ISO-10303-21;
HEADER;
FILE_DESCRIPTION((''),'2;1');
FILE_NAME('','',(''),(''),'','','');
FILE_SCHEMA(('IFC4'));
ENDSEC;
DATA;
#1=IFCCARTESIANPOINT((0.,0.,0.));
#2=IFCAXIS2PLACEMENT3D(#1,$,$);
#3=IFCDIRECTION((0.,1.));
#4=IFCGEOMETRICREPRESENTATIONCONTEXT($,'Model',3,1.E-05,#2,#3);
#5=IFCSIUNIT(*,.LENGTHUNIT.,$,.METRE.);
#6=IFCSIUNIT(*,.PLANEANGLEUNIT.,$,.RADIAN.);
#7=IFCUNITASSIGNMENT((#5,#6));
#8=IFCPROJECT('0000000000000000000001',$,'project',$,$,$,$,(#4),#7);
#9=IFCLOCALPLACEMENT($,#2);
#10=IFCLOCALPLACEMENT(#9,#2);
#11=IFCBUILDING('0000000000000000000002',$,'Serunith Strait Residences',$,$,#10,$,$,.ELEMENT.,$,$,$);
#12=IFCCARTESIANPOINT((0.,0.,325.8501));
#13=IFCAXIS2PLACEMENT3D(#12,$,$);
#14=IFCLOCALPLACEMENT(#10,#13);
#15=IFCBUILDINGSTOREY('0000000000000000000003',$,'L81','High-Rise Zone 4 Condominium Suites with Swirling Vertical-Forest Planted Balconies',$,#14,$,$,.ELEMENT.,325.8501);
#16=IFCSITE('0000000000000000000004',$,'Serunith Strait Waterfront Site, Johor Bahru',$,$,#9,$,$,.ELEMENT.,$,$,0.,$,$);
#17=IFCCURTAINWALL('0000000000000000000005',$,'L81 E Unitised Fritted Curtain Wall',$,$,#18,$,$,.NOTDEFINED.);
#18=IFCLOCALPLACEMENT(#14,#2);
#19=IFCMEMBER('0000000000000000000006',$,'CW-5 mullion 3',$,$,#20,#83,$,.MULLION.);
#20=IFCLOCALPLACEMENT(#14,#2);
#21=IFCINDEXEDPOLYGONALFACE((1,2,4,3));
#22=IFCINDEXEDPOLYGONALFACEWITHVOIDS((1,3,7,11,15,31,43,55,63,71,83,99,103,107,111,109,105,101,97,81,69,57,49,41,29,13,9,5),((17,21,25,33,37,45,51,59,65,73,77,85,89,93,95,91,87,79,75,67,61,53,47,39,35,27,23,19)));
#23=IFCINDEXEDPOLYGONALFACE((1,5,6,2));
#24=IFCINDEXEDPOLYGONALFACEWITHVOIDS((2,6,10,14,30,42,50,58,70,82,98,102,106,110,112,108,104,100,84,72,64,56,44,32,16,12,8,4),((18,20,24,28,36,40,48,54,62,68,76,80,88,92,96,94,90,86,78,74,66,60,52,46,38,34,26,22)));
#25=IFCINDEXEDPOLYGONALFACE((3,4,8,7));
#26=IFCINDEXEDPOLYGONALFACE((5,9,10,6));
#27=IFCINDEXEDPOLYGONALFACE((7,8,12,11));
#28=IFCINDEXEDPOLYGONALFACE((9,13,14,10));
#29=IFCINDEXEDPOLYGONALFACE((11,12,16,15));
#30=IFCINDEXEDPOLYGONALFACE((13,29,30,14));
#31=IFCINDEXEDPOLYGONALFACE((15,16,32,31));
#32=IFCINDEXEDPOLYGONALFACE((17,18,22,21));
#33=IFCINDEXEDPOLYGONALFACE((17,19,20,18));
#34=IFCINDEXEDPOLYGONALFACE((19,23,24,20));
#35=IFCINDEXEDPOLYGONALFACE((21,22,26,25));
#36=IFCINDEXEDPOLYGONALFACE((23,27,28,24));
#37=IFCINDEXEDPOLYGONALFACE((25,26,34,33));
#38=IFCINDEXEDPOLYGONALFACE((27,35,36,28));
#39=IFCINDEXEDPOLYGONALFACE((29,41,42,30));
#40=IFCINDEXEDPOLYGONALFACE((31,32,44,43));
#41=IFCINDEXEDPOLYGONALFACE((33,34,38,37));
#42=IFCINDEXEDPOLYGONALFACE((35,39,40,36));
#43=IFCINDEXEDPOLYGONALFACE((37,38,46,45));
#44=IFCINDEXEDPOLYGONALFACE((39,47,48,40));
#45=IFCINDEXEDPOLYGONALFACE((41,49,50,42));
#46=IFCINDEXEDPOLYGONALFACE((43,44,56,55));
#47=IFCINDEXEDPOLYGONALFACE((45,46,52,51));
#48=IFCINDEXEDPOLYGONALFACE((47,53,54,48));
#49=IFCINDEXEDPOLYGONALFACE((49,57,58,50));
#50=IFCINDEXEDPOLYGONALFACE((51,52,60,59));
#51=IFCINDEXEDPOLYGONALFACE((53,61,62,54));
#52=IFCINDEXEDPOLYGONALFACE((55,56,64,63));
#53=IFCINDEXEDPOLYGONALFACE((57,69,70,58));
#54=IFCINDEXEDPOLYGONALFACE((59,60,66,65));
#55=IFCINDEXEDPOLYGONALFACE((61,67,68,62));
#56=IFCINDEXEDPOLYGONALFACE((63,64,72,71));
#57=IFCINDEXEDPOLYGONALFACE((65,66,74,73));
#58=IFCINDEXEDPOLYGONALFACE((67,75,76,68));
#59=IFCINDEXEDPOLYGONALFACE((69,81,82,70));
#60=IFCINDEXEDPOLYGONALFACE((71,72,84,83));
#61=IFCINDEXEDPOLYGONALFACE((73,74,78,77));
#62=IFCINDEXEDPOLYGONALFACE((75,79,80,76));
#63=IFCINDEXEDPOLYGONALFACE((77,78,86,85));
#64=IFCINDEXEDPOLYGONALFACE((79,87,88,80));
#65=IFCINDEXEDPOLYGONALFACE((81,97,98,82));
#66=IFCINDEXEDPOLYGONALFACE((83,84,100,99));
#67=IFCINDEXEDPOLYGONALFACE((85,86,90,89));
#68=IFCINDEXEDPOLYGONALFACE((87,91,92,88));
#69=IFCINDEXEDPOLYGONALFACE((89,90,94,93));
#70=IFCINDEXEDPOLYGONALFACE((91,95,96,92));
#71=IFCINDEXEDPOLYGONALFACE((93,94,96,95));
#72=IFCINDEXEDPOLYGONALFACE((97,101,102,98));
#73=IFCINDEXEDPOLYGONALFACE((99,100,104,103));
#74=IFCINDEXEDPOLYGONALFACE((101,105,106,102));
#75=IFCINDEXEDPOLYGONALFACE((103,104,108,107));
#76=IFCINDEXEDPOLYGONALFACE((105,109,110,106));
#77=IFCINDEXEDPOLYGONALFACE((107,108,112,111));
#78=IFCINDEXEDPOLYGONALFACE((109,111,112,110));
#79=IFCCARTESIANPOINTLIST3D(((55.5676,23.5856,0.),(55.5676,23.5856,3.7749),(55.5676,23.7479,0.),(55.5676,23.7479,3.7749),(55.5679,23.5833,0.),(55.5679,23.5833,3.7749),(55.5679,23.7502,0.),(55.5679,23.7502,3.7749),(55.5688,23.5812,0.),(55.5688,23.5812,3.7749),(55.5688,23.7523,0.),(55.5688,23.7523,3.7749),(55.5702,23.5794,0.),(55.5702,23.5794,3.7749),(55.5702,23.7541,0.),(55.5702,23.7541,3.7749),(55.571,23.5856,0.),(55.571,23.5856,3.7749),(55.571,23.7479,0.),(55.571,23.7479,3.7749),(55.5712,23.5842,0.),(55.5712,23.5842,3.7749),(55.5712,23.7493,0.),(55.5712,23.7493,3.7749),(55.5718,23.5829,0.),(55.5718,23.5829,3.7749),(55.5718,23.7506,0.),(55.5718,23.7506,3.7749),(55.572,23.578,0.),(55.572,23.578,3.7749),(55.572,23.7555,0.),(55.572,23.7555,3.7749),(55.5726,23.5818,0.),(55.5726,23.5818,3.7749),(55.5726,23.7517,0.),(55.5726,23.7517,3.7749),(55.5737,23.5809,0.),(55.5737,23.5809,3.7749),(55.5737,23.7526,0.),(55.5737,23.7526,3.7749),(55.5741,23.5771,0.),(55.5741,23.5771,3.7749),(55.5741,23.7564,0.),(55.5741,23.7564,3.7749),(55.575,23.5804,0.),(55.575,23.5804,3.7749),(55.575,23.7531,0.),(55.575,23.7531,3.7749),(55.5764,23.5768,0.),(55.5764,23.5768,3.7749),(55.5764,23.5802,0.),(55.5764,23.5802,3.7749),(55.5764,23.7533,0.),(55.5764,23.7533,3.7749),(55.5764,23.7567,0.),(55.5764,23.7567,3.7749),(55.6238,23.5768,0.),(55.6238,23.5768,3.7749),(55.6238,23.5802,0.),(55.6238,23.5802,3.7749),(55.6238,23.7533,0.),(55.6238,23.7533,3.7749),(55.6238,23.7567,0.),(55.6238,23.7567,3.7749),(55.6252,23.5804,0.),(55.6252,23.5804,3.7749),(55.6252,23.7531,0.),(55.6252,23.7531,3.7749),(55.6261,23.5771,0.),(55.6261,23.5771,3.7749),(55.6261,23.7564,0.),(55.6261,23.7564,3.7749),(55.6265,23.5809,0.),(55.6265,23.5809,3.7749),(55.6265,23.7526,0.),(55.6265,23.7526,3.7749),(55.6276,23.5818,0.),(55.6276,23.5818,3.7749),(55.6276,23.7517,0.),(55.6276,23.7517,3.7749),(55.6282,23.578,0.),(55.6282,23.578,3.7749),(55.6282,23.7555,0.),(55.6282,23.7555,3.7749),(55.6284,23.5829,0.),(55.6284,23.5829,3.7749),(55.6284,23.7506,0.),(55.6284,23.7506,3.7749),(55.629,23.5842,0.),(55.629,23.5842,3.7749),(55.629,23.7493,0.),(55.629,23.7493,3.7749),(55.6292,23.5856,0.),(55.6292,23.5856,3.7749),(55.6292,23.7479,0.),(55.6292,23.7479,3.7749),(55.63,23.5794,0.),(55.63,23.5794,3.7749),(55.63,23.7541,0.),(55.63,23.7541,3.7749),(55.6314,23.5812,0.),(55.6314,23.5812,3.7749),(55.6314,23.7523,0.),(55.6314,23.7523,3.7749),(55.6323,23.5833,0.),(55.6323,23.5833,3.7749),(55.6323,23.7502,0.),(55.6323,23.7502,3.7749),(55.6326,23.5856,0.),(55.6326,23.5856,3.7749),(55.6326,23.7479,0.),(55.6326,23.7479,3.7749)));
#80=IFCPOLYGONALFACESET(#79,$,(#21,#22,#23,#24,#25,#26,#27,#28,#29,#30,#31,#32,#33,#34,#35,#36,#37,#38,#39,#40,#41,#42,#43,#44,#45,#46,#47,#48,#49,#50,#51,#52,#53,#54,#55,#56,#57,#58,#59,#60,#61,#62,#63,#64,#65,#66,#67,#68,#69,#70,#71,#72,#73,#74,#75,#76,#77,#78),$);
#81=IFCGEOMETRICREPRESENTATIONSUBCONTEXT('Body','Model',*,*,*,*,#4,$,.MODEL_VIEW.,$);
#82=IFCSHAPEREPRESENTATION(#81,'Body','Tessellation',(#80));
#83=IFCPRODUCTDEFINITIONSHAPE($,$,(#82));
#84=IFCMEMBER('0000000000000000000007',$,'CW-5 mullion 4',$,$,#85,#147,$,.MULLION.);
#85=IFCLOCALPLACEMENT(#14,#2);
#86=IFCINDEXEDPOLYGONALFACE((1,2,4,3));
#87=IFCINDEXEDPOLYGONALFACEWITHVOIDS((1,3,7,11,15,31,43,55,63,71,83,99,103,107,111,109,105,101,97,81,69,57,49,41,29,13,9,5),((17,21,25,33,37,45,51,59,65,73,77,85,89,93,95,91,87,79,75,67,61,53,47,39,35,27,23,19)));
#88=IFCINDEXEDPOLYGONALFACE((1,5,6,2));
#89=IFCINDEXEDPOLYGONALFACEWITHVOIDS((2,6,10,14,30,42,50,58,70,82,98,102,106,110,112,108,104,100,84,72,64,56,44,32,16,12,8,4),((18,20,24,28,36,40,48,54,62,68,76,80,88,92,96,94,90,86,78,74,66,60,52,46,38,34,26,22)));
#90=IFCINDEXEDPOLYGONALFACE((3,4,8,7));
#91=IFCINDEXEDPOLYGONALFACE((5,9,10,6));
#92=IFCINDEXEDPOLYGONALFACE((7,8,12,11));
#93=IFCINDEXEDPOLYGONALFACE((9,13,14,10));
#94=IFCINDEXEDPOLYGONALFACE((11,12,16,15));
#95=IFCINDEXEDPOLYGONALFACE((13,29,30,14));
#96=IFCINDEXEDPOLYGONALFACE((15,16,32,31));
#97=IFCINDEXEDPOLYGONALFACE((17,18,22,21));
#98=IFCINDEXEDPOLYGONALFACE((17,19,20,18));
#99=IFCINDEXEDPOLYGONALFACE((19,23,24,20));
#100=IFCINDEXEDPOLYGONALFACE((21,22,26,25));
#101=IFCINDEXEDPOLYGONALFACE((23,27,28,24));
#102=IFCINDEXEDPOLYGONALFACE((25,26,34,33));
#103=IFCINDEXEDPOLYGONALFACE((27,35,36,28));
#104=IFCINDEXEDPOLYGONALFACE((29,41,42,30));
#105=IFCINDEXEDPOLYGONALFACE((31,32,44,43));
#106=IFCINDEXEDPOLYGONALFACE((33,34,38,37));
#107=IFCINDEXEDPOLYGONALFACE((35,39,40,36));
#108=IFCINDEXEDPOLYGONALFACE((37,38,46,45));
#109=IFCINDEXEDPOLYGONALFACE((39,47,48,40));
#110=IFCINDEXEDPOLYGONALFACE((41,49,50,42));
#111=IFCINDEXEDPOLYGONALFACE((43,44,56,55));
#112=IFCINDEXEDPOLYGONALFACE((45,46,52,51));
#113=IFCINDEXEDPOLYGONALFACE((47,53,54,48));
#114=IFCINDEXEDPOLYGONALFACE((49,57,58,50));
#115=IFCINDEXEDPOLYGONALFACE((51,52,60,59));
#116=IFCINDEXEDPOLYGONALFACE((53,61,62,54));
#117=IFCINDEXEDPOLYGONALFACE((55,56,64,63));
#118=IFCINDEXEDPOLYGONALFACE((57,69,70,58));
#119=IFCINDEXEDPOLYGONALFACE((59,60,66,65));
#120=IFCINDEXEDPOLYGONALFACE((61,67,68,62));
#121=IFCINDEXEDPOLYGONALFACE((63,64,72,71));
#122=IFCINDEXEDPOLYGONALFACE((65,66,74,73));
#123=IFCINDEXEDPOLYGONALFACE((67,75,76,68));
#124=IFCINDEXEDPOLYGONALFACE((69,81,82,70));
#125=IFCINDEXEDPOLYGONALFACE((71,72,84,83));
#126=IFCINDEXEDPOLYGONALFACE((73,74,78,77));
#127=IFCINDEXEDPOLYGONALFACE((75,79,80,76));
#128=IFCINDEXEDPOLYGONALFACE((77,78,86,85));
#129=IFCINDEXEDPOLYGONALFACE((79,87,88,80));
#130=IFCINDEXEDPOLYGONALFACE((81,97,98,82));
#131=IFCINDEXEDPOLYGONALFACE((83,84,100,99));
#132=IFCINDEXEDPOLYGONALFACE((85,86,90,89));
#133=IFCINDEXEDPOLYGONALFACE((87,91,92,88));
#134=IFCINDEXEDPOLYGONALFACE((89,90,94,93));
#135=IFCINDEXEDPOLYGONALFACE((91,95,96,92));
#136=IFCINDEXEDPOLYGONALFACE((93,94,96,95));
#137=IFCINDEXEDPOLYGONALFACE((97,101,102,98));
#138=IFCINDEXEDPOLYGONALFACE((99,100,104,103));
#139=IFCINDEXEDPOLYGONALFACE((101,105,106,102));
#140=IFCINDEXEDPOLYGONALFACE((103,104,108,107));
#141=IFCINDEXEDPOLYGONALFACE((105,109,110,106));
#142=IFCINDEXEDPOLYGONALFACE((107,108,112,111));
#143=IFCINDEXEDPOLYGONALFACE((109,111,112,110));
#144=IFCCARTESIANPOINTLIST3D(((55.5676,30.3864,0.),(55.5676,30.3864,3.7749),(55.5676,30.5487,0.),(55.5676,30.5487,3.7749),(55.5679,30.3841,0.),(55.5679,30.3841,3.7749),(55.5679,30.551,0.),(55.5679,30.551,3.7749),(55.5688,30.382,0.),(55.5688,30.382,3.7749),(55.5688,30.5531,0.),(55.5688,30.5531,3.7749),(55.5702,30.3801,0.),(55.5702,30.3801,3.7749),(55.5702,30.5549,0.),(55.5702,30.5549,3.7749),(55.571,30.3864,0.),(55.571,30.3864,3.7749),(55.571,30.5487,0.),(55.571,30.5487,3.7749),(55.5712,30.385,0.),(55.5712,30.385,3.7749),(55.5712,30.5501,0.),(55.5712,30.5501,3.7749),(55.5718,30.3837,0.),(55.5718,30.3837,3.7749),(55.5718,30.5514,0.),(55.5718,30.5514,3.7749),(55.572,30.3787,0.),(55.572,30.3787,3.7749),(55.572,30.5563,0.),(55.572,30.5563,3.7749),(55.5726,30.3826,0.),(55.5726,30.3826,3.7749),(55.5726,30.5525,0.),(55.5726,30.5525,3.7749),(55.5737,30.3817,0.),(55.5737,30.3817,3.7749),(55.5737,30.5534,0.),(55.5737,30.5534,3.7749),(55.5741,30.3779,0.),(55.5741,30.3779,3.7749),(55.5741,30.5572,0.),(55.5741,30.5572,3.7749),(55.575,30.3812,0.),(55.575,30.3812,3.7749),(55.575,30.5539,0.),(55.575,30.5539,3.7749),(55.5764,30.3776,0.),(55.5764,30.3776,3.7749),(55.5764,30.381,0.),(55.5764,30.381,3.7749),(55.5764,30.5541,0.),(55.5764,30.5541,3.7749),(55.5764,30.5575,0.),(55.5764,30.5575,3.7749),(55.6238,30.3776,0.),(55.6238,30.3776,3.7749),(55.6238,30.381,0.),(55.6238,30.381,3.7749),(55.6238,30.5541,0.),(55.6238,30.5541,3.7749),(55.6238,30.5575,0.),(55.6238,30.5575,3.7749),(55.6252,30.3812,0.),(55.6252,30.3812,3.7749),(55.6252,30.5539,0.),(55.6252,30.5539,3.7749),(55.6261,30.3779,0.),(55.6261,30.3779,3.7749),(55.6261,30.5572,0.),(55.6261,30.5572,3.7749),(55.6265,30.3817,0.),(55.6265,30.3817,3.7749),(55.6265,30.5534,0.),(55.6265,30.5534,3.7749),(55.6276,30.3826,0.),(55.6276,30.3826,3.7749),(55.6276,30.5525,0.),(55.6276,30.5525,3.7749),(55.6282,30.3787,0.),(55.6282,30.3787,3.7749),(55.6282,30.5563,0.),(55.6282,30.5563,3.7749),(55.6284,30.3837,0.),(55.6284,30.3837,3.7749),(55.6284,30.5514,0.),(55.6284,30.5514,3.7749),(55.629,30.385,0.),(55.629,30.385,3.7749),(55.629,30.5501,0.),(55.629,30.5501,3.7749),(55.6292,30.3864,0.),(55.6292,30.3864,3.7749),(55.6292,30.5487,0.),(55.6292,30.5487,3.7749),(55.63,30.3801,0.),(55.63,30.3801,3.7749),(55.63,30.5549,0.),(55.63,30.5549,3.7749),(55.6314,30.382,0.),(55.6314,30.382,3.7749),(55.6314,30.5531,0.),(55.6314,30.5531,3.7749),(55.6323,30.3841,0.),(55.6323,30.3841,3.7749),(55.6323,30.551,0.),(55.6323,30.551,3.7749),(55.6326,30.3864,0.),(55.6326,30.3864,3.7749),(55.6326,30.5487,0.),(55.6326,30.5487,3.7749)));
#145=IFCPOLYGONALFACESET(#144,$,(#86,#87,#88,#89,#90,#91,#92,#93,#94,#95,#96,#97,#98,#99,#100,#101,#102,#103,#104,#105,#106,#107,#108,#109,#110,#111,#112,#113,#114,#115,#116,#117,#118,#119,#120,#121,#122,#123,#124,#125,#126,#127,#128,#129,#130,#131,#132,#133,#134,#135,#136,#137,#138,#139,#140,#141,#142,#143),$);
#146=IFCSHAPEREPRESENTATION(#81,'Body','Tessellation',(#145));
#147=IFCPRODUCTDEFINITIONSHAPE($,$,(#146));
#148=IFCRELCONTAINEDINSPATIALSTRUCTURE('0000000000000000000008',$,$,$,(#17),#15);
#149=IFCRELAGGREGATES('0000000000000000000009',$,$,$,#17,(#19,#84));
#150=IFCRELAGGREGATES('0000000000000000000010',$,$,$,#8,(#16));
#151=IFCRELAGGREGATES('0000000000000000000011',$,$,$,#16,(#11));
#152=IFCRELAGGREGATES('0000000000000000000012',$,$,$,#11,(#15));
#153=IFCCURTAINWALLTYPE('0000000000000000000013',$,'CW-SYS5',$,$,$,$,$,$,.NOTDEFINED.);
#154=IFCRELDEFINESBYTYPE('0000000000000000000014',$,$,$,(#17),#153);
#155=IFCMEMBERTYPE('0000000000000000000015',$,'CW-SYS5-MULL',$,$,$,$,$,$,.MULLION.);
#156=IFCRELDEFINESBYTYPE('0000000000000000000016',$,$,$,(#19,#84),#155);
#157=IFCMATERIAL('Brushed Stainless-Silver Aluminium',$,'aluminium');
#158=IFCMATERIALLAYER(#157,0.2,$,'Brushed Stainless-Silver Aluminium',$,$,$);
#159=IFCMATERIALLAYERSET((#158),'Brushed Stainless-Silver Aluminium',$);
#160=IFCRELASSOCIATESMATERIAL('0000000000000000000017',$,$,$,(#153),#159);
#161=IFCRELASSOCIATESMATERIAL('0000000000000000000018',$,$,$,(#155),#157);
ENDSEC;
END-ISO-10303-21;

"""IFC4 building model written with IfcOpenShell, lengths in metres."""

from ifc_helpers import new_model, si_unit, direction, frame, origin, origin_2d, place, context, subcontext, project, spatial, hollow_rectangle, extrude, source, transform, mapped, material, layer, layer_set, material_profile, profile_set, type_object, element, aggregate, save


model = new_model("IFC4")

# Units and contexts
model_context = context("Model", 3, precision=1e-05, world=origin(), true_north=direction((0.0, 1.0)))
body_context = subcontext(model_context, "Body", "Model", "MODEL_VIEW")
ifc_project = project(units=[si_unit("LENGTHUNIT", "METRE"), si_unit("PLANEANGLEUNIT", "RADIAN")], contexts=[model_context])

# Site, building, storey
site_placement = place(None, origin())
site = spatial("IfcSite", under=ifc_project, at=site_placement, Name="Serunith Strait Waterfront Site, Johor Bahru", CompositionType="ELEMENT", RefElevation=0.0)
building_placement = place(site_placement, origin())
building = spatial("IfcBuilding", under=site, at=building_placement, Name="Serunith Strait Residences", CompositionType="ELEMENT")
storey_placement = place(building_placement, frame((0.0, 0.0, 325.8501)))
storey = spatial("IfcBuildingStorey", under=building, at=storey_placement, Name="L81", Description="High-Rise Zone 4 Condominium Suites with Swirling Vertical-Forest Planted Balconies", CompositionType="ELEMENT", Elevation=325.8501)

# Curtain wall, members
ifc_material_1 = material(Name="Brushed Stainless-Silver Aluminium", Category="aluminium")
ifc_layer_1 = layer(ifc_material_1, 0.2, Name="Brushed Stainless-Silver Aluminium")
ifc_layer_set_1 = layer_set([ifc_layer_1], Name="Brushed Stainless-Silver Aluminium")
curtain_wall_type = type_object("IfcCurtainWallType", Name="CW-SYS5", PredefinedType="NOTDEFINED", material=ifc_layer_set_1)
curtain_wall_1_placement = place(storey_placement, origin())
curtain_wall_1 = element("IfcCurtainWall", 1, at=curtain_wall_1_placement, inside=storey, type_object=curtain_wall_type, Name="L81 E Unitised Fritted Curtain Wall", PredefinedType="NOTDEFINED")
ifc_material_profile_1 = material_profile(ifc_material_1, hollow_rectangle(XDim=0.0649, YDim=0.1799, WallThickness=0.0034, InnerFilletRadius=0.0054, OuterFilletRadius=0.0088, at=origin_2d()), Name="ALU 180x65x3.5")
ifc_profile_set_1 = profile_set([ifc_material_profile_1], Name="Brushed Stainless-Silver Aluminium")
member_type_1 = type_object("IfcMemberType", Name="CW-SYS5-MULL", PredefinedType="MULLION", material=ifc_profile_set_1)
shared_shape_1 = source(origin(), body_context, "Body", "SweptSolid", [
    extrude(hollow_rectangle(XDim=0.0649, YDim=0.1799, WallThickness=0.0034, InnerFilletRadius=0.0054, OuterFilletRadius=0.0088, at=origin_2d()), origin(), (0.0, 0.0, 1.0), 3.7749),
])
member_1_placement = place(storey_placement, frame((55.6001, 23.6667, 0.0), z_axis=(0.0, 0.0, 1.0), x_axis=(-1.0, 0.0, 0.0)))
member_1 = element("IfcMember", 2, at=member_1_placement, type_object=member_type_1, Name="CW-5 mullion 3", PredefinedType="MULLION", context=body_context, shape_type="MappedRepresentation", body=[
    mapped(shared_shape_1, transform((0.0, 0.0, 0.0), scale=1.0)),
])
member_2_placement = place(storey_placement, frame((55.6001, 30.4675, 0.0), z_axis=(0.0, 0.0, 1.0), x_axis=(-1.0, 0.0, 0.0)))
member_2 = element("IfcMember", 3, at=member_2_placement, type_object=member_type_1, Name="CW-5 mullion 4", PredefinedType="MULLION", context=body_context, shape_type="MappedRepresentation", body=[
    mapped(shared_shape_1, transform((0.0, 0.0, 0.0), scale=1.0)),
])

aggregate(curtain_wall_1, [member_1, member_2])

save(model, "model.ifc")
